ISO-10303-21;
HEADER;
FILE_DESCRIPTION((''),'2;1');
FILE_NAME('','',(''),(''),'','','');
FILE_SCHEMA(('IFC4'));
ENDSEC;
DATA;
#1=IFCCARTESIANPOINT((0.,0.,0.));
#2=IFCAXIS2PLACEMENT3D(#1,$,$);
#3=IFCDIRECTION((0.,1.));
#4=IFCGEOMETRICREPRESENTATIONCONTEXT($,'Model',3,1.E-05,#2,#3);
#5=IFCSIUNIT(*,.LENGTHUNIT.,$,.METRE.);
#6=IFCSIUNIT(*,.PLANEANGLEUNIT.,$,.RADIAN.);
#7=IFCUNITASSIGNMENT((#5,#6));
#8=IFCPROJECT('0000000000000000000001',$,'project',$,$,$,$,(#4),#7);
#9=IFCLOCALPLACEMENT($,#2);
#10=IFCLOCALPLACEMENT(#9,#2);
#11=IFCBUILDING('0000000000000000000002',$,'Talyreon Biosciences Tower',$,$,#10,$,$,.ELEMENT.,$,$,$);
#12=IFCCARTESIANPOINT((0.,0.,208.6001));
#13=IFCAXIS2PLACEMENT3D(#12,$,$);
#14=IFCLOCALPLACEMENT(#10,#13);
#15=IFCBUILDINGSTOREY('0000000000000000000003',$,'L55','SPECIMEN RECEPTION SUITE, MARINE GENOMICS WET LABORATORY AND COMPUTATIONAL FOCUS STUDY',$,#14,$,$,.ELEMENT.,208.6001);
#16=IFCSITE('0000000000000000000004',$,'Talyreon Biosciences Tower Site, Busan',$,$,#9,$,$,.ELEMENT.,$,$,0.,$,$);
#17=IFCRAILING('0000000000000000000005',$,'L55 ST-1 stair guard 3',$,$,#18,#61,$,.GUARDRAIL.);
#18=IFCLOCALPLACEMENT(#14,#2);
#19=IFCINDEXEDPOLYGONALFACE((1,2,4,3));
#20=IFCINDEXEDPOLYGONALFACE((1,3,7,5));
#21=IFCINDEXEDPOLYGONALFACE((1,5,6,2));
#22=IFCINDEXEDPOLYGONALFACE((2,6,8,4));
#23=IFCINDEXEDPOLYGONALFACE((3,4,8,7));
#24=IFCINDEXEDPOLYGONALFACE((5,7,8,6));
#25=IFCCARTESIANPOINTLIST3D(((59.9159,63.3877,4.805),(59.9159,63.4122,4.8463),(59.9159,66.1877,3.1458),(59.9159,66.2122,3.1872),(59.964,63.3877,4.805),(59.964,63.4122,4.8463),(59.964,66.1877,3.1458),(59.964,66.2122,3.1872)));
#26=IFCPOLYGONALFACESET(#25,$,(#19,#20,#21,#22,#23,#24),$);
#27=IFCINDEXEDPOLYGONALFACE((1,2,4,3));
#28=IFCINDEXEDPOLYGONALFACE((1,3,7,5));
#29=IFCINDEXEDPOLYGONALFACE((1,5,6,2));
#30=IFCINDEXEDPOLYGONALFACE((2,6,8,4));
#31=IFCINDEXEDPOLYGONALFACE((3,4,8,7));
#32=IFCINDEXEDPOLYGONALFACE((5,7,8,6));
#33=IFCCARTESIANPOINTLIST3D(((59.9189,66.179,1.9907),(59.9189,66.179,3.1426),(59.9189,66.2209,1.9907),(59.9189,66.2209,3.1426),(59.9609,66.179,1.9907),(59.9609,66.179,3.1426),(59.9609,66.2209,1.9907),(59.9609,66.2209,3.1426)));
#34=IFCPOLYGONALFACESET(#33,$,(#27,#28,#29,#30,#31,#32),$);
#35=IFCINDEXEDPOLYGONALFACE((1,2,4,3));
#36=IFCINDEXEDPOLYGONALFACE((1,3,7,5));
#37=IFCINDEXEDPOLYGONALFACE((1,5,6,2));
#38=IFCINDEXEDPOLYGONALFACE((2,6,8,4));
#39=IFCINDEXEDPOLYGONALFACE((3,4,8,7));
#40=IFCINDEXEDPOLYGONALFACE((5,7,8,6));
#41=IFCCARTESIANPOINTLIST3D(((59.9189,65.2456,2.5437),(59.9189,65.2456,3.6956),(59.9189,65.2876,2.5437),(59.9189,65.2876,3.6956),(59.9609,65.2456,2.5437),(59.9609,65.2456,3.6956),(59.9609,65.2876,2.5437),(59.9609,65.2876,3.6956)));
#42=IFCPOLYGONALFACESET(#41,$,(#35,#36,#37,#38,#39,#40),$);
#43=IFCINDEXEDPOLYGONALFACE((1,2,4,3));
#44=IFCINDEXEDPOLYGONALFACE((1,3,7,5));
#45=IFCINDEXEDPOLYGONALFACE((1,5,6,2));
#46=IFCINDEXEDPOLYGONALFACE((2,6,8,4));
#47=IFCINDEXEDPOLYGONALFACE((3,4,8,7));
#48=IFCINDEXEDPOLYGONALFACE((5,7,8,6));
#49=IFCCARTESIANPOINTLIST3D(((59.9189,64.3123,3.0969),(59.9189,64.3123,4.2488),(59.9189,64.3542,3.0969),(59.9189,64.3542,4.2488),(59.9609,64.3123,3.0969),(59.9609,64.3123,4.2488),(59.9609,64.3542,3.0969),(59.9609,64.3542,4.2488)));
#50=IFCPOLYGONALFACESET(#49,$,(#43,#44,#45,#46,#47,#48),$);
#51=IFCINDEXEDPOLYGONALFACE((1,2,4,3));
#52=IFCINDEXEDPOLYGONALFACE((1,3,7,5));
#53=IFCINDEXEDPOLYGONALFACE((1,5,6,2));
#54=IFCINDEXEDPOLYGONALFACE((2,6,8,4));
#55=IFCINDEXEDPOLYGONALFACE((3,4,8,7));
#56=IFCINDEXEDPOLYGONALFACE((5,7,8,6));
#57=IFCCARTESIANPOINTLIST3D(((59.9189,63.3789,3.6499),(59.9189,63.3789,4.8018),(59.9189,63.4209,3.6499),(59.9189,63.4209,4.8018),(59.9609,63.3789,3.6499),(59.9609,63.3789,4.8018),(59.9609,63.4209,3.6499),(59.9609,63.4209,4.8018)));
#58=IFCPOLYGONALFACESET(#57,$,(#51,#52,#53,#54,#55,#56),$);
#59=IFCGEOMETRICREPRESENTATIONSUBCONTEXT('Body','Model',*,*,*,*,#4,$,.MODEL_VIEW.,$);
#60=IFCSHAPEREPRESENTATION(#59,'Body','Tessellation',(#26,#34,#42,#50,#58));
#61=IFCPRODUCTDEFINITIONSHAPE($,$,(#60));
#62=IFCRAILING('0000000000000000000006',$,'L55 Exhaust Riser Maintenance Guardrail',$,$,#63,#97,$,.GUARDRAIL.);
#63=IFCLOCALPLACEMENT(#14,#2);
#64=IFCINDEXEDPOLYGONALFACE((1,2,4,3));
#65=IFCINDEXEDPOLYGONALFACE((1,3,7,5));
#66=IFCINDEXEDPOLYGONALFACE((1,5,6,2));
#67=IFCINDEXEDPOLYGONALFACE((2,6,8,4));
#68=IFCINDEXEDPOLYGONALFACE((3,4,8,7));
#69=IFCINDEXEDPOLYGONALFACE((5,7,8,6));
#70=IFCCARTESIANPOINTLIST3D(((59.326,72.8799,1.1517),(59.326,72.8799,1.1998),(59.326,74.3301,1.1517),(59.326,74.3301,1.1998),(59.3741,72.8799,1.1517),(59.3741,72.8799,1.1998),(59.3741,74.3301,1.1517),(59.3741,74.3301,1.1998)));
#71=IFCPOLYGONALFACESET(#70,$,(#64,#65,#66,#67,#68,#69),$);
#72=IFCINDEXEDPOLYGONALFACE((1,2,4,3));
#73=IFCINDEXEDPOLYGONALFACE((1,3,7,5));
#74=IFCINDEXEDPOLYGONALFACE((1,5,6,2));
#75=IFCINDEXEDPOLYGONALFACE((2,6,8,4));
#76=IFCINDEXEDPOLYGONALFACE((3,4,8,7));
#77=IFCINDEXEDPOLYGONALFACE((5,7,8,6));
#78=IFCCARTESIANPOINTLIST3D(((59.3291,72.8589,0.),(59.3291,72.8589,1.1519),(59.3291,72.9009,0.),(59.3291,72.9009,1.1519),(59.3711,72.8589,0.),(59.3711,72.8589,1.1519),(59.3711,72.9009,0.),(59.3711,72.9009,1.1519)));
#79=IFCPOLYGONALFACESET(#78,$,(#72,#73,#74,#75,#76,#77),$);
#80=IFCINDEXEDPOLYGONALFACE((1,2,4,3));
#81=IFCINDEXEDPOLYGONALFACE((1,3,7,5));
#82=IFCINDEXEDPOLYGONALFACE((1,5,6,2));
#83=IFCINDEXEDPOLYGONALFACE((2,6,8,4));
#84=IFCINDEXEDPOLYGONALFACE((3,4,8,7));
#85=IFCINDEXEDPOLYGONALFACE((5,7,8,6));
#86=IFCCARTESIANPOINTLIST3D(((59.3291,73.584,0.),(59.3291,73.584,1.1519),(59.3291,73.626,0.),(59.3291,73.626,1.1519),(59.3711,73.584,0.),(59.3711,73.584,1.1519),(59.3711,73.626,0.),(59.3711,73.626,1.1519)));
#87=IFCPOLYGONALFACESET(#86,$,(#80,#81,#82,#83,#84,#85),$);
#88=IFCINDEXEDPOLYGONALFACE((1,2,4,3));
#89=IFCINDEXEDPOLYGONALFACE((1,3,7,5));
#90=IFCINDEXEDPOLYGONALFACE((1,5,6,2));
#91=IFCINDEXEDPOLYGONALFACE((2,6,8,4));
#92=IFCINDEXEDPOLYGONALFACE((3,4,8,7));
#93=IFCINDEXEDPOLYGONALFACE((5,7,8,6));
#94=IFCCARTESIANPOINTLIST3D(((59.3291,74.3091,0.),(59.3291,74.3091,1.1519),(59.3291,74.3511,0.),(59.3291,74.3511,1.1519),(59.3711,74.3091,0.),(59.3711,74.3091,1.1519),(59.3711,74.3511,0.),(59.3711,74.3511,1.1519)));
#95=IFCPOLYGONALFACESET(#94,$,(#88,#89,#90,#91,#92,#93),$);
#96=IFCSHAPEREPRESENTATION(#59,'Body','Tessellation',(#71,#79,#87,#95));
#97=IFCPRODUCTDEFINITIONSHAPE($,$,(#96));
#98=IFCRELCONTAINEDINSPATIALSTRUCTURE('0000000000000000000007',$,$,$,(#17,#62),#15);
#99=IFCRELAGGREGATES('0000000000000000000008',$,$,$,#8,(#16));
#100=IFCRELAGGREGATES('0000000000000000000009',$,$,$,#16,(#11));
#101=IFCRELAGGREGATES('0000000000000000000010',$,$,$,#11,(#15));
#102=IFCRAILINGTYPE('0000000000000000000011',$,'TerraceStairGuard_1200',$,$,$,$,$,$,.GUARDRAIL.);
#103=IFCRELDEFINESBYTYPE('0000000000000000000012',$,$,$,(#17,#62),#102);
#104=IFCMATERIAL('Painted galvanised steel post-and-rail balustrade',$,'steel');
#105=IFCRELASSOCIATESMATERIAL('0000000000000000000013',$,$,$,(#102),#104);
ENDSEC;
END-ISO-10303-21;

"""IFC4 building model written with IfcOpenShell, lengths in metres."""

from ifc_helpers import new_model, si_unit, direction, frame, origin, origin_2d, place, context, subcontext, project, spatial, rectangle, extrude, material, type_object, element, save


model = new_model("IFC4")

# Units and contexts
model_context = context("Model", 3, precision=1e-05, world=origin(), true_north=direction((0.0, 1.0)))
body_context = subcontext(model_context, "Body", "Model", "MODEL_VIEW")
ifc_project = project(units=[si_unit("LENGTHUNIT", "METRE"), si_unit("PLANEANGLEUNIT", "RADIAN")], contexts=[model_context])

# Site, building, storey
site_placement = place(None, origin())
site = spatial("IfcSite", under=ifc_project, at=site_placement, Name="Talyreon Biosciences Tower Site, Busan", CompositionType="ELEMENT", RefElevation=0.0)
building_placement = place(site_placement, origin())
building = spatial("IfcBuilding", under=site, at=building_placement, Name="Talyreon Biosciences Tower", CompositionType="ELEMENT")
storey_placement = place(building_placement, frame((0.0, 0.0, 208.6001)))
storey = spatial("IfcBuildingStorey", under=building, at=storey_placement, Name="L55", Description="SPECIMEN RECEPTION SUITE, MARINE GENOMICS WET LABORATORY AND COMPUTATIONAL FOCUS STUDY", CompositionType="ELEMENT", Elevation=208.6001)

# Railings
ifc_material_1 = material(Name="Painted galvanised steel post-and-rail balustrade", Category="steel")
railing_type_1 = type_object("IfcRailingType", Name="TerraceStairGuard_1200", PredefinedType="GUARDRAIL", material=ifc_material_1)
railing_1_placement = place(storey_placement, frame((59.9399, 66.2, 1.9907)))
element("IfcRailing", 1, at=railing_1_placement, inside=storey, type_object=railing_type_1, Name="L55 ST-1 stair guard 3", PredefinedType="GUARDRAIL", context=body_context, shape_type="SweptSolid", body=[
    extrude(rectangle(XDim=0.0481, YDim=0.0481, at=origin_2d()), frame((0.0, 0.0, 1.1758), z_axis=(0.0, -0.860306, 0.509778), x_axis=(1.0, 0.0, 0.0)), (0.0, 0.0, 1.0), 3.2546),
    extrude(rectangle(XDim=0.042, YDim=0.042, at=origin_2d()), origin(), (0.0, 0.0, 1.0), 1.1519),
    extrude(rectangle(XDim=0.042, YDim=0.042, at=origin_2d()), frame((0.0, -0.9333, 0.553)), (0.0, 0.0, 1.0), 1.1519),
    extrude(rectangle(XDim=0.042, YDim=0.042, at=origin_2d()), frame((0.0, -1.8667, 1.1062)), (0.0, 0.0, 1.0), 1.1519),
    extrude(rectangle(XDim=0.042, YDim=0.042, at=origin_2d()), frame((0.0, -2.8, 1.6592)), (0.0, 0.0, 1.0), 1.1519),
])
railing_2_placement = place(storey_placement, frame((59.3501, 72.8799, 0.0)))
element("IfcRailing", 2, at=railing_2_placement, inside=storey, type_object=railing_type_1, Name="L55 Exhaust Riser Maintenance Guardrail", PredefinedType="GUARDRAIL", context=body_context, shape_type="SweptSolid", body=[
    extrude(rectangle(XDim=0.0481, YDim=0.0481, at=origin_2d()), frame((0.0, 0.0, 1.1758), z_axis=(0.0, 1.0, 0.0), x_axis=(-1.0, 0.0, 0.0)), (0.0, 0.0, 1.0), 1.4502),
    extrude(rectangle(XDim=0.042, YDim=0.042, at=origin_2d()), origin(), (0.0, 0.0, 1.0), 1.1519),
    extrude(rectangle(XDim=0.042, YDim=0.042, at=origin_2d()), frame((0.0, 0.7251, 0.0)), (0.0, 0.0, 1.0), 1.1519),
    extrude(rectangle(XDim=0.042, YDim=0.042, at=origin_2d()), frame((0.0, 1.4502, 0.0)), (0.0, 0.0, 1.0), 1.1519),
])

save(model, "model.ifc")
